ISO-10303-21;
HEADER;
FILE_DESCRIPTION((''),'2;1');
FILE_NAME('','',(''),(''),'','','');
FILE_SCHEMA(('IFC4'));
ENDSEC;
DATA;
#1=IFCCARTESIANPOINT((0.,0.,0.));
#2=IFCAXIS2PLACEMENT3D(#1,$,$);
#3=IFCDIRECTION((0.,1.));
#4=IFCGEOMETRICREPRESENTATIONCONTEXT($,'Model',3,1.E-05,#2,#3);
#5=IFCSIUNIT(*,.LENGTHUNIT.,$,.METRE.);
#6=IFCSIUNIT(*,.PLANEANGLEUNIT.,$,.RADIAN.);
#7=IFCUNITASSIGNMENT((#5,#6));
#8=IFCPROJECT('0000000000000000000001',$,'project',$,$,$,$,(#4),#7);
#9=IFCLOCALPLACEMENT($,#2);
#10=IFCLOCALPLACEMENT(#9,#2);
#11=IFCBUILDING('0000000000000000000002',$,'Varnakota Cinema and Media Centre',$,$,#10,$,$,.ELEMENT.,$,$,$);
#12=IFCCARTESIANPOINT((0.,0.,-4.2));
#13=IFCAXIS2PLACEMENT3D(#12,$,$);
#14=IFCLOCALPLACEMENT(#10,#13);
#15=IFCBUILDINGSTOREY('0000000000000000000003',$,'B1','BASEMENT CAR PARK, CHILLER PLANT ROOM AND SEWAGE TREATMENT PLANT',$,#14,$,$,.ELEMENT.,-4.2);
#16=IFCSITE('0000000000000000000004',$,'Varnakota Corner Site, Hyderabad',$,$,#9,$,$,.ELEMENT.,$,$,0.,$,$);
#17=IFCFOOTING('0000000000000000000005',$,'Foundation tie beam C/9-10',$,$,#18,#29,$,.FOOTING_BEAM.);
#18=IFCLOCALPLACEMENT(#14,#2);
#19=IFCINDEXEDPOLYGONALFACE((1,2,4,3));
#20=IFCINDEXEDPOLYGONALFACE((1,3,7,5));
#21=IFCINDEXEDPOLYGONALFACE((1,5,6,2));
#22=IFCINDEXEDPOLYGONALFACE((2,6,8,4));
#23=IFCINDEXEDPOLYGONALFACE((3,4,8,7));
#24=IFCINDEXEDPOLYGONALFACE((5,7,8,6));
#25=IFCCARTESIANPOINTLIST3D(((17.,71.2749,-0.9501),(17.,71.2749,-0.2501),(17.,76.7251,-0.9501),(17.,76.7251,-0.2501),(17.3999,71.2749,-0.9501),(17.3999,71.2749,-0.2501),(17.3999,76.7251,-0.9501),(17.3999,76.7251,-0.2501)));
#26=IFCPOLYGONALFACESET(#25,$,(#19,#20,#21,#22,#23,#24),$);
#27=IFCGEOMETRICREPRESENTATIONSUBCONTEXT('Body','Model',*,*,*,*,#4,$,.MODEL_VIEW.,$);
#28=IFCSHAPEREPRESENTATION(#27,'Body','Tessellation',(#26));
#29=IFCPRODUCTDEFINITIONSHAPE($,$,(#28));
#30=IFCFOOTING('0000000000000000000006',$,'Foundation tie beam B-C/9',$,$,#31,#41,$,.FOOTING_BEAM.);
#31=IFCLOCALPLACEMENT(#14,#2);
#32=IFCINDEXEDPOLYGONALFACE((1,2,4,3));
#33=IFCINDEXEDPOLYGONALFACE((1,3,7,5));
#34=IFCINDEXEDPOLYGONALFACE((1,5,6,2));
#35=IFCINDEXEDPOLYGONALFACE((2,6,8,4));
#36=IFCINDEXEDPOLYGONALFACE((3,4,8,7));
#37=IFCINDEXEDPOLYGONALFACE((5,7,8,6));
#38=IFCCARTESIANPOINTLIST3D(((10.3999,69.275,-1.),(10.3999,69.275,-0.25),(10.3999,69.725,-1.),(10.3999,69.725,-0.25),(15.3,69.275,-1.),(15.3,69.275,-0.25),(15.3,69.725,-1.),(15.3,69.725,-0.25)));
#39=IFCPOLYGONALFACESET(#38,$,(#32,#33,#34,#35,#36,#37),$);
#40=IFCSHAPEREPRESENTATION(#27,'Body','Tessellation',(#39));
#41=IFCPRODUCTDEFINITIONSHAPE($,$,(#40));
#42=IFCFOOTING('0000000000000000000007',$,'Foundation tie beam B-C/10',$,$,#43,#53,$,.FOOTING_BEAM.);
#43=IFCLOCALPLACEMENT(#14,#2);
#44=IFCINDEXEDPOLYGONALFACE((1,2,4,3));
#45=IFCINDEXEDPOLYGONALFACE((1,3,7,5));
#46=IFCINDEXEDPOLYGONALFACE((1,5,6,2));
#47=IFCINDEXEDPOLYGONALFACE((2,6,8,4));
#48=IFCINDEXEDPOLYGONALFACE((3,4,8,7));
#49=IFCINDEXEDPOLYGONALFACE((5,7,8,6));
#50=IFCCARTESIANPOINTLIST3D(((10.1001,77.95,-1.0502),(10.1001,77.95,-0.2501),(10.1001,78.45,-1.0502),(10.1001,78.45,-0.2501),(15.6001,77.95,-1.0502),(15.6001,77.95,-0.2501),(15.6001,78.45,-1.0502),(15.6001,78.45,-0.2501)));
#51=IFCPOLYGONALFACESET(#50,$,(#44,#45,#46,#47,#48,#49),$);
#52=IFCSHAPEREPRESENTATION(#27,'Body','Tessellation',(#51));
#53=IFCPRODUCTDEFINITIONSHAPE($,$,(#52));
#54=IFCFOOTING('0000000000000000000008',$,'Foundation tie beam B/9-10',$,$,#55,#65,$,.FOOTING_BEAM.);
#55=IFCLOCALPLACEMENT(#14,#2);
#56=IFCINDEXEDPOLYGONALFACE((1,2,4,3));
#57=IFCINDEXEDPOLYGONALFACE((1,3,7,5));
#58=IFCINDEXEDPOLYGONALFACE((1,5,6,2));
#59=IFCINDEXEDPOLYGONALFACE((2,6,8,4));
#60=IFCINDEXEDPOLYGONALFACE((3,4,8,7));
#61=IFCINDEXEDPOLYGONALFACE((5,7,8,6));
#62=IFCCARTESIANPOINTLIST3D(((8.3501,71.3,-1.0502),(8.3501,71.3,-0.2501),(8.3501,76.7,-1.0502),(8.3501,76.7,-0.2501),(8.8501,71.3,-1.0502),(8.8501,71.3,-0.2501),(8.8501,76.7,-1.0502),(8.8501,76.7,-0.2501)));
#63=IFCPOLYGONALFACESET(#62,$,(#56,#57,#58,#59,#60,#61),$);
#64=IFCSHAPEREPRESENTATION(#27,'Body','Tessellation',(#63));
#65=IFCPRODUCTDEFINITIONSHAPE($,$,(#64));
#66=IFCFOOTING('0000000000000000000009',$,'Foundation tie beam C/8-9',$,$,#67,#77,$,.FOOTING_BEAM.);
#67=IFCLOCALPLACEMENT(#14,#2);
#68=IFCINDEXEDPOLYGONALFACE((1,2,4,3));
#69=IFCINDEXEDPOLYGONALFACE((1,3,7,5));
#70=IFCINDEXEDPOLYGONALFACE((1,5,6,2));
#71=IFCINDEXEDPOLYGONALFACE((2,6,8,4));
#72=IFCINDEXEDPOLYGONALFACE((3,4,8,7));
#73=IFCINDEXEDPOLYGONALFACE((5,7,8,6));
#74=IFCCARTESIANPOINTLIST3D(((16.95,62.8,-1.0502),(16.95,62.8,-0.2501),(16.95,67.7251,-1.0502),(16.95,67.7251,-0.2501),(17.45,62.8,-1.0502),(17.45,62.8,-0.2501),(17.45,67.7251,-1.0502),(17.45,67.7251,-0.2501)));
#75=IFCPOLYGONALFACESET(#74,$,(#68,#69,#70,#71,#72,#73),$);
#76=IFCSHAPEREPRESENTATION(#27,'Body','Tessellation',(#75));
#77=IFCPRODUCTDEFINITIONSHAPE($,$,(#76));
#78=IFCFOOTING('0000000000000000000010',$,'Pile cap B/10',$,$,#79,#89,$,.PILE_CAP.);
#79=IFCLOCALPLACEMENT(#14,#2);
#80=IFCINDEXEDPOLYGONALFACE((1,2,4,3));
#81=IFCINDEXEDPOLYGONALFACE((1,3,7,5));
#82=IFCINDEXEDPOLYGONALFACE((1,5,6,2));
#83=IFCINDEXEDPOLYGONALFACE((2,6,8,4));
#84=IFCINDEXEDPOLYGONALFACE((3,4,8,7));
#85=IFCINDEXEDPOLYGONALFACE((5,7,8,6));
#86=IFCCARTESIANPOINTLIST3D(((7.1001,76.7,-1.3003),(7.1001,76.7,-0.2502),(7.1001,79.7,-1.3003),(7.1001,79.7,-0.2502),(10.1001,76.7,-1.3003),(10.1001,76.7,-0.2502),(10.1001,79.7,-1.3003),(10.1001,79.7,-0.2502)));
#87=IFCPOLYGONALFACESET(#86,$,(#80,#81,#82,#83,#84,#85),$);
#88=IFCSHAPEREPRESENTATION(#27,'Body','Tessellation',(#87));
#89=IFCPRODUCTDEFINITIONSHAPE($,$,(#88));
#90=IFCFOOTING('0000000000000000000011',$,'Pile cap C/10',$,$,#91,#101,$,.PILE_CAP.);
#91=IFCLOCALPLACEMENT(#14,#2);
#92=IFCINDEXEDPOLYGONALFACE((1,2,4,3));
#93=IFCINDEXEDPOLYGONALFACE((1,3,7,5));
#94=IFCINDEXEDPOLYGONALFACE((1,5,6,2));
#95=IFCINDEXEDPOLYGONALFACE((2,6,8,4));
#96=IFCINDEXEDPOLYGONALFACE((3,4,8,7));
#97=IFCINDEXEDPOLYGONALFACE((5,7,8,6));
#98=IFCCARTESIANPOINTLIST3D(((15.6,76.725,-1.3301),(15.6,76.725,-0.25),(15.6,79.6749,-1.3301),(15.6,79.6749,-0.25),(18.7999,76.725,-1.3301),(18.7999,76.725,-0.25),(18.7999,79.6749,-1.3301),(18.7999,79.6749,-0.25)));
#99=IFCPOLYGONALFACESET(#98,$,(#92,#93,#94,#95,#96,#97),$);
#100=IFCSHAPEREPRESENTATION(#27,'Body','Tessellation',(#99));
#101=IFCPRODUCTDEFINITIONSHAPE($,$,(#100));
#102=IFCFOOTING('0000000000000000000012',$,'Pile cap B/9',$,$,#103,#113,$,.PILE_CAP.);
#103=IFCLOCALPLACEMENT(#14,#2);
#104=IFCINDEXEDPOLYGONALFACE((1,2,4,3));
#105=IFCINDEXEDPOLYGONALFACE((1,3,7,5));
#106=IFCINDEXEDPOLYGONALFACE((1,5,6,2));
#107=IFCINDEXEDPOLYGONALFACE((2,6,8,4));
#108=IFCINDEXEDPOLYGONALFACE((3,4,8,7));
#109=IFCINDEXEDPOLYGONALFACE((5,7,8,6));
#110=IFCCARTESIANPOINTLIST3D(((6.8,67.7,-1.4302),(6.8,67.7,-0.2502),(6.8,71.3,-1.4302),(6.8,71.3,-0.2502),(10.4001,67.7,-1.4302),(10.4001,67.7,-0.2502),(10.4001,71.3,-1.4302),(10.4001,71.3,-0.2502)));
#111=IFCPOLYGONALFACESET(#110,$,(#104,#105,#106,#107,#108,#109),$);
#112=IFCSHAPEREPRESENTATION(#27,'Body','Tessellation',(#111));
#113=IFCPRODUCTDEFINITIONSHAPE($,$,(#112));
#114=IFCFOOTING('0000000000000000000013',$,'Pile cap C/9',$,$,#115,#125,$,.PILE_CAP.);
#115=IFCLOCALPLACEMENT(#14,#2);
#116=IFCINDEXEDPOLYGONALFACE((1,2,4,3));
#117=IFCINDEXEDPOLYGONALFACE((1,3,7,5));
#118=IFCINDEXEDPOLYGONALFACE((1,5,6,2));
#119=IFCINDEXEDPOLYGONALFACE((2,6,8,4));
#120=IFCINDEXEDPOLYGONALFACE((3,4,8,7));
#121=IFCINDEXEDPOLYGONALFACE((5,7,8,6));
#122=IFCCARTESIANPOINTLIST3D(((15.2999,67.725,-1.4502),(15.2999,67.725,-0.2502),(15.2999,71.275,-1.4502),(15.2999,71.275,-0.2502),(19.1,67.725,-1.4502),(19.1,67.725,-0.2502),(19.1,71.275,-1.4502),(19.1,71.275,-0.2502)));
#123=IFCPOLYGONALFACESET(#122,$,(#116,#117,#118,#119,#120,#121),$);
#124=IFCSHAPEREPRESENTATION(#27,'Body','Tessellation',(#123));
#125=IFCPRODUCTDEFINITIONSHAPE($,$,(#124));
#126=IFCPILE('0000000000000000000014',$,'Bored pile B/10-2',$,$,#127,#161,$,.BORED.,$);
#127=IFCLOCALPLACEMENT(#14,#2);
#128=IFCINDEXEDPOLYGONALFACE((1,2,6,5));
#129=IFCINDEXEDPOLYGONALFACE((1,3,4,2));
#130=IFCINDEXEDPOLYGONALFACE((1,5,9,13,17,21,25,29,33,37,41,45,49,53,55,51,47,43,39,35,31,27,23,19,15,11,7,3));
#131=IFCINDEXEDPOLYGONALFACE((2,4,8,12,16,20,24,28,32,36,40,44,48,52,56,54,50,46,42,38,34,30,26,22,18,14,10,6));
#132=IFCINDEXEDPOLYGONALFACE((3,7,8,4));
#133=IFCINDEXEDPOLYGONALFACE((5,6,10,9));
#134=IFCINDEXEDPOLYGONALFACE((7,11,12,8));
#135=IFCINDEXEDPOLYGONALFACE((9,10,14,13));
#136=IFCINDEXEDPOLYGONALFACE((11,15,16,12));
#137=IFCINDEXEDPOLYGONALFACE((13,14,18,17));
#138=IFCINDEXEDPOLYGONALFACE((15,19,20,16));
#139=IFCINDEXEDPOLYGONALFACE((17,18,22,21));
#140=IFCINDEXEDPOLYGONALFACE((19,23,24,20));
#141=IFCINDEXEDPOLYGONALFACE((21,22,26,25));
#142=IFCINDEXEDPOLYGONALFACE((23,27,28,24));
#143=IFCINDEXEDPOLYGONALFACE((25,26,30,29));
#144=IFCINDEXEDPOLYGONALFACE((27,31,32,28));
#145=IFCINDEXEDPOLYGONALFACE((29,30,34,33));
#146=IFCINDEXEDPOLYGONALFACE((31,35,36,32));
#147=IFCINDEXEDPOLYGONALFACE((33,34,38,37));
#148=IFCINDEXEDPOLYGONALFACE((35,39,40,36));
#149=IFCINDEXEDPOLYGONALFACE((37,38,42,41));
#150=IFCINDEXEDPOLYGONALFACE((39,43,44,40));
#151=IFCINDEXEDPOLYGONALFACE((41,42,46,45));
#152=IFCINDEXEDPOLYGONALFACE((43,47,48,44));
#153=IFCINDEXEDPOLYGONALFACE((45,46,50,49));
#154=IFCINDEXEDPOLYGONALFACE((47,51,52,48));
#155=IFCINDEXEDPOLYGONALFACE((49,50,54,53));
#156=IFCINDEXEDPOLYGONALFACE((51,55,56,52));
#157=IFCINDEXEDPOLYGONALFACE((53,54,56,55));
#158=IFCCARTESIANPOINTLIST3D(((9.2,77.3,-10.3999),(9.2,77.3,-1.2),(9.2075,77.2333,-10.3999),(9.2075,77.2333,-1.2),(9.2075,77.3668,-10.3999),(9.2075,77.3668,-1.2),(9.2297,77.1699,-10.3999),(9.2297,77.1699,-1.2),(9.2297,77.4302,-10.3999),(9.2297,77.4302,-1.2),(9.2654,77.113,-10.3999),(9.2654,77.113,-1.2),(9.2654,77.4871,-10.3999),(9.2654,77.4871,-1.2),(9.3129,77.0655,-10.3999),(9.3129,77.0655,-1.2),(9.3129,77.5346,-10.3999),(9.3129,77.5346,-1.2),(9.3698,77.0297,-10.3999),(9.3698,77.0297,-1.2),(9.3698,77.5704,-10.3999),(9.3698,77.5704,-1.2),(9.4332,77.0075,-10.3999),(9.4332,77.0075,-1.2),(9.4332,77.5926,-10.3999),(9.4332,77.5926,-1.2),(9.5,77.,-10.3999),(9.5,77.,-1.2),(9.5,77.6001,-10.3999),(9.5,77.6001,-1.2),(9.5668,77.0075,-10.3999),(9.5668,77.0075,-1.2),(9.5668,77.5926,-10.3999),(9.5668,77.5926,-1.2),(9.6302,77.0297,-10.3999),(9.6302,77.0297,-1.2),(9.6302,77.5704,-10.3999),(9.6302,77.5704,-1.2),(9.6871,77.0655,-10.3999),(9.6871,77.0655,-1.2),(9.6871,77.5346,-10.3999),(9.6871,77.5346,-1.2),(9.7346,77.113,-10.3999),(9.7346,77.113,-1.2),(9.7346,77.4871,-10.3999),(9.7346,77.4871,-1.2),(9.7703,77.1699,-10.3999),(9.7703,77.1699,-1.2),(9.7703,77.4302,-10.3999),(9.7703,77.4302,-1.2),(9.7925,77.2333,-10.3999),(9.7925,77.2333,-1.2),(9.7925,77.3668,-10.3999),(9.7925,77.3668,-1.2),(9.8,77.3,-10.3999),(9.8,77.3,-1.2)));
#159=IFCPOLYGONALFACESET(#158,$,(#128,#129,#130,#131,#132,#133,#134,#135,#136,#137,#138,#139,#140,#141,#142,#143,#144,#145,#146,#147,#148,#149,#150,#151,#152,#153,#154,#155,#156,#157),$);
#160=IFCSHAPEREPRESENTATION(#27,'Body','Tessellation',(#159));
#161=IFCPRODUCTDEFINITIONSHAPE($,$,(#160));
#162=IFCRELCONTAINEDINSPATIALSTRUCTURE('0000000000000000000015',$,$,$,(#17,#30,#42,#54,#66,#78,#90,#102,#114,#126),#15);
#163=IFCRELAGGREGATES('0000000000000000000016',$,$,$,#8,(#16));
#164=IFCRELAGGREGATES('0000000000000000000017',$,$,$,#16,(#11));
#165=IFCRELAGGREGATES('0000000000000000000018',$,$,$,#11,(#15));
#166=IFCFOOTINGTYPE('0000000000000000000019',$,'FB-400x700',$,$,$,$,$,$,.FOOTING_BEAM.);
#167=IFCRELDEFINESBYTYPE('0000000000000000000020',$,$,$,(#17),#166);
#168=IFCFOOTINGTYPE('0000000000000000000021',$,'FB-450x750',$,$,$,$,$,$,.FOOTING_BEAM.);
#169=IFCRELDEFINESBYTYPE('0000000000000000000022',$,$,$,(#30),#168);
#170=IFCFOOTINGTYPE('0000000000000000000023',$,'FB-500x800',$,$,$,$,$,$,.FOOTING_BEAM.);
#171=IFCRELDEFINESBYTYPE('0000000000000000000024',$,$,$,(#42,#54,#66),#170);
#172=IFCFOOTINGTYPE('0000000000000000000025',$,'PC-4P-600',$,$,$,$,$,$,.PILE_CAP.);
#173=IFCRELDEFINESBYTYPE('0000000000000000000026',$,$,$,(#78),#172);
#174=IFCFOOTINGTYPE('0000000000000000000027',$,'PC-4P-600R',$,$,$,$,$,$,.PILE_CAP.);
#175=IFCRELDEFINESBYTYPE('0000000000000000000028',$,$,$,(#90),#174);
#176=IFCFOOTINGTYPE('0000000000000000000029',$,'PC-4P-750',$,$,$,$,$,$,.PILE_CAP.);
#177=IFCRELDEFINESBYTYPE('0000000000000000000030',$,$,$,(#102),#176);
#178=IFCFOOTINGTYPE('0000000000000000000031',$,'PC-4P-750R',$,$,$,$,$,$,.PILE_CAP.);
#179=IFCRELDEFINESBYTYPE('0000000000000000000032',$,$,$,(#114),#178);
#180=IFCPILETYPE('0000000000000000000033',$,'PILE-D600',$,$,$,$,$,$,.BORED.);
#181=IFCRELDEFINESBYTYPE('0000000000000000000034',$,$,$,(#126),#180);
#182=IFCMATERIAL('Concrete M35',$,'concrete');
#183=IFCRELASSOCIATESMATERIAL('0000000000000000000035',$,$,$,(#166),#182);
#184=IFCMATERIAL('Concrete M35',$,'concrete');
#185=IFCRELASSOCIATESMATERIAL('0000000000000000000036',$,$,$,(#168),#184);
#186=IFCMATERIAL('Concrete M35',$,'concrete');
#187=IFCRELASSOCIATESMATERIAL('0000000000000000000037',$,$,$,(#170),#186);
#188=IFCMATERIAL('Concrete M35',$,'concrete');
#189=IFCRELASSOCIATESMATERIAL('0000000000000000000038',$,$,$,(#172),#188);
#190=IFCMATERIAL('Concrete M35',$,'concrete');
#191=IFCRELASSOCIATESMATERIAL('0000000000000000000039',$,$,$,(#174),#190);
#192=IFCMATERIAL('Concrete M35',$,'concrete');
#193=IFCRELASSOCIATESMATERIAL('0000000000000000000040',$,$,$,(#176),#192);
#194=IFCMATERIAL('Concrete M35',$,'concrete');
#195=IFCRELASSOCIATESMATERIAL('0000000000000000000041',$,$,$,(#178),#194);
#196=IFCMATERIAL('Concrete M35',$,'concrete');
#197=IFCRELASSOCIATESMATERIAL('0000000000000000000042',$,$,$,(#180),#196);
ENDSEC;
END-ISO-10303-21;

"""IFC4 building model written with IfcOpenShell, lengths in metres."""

from ifc_helpers import new_model, si_unit, direction, frame, origin, origin_2d, place, context, subcontext, project, spatial, rectangle, circle, extrude, material, material_profile, profile_set, type_object, element, save


model = new_model("IFC4")

# Units and contexts
model_context = context("Model", 3, precision=1e-05, world=origin(), true_north=direction((0.0, 1.0)))
body_context = subcontext(model_context, "Body", "Model", "MODEL_VIEW")
ifc_project = project(units=[si_unit("LENGTHUNIT", "METRE"), si_unit("PLANEANGLEUNIT", "RADIAN")], contexts=[model_context])

# Site, building, storey
site_placement = place(None, origin())
site = spatial("IfcSite", under=ifc_project, at=site_placement, Name="Varnakota Corner Site, Hyderabad", CompositionType="ELEMENT", RefElevation=0.0)
building_placement = place(site_placement, origin())
building = spatial("IfcBuilding", under=site, at=building_placement, Name="Varnakota Cinema and Media Centre", CompositionType="ELEMENT")
storey_placement = place(building_placement, frame((0.0, 0.0, -4.2)))
storey = spatial("IfcBuildingStorey", under=building, at=storey_placement, Name="B1", Description="BASEMENT CAR PARK, CHILLER PLANT ROOM AND SEWAGE TREATMENT PLANT", CompositionType="ELEMENT", Elevation=-4.2)

# Footings
ifc_material_1 = material(Name="Concrete M35", Category="concrete")
ifc_material_profile_1 = material_profile(ifc_material_1, rectangle(XDim=0.3999, YDim=0.7, at=origin_2d()), Name="FB 400x700")
ifc_profile_set_1 = profile_set([ifc_material_profile_1], Name="Concrete M35")
footing_type_1 = type_object("IfcFootingType", Name="FB-400x700", PredefinedType="FOOTING_BEAM", material=ifc_profile_set_1)
footing_1_placement = place(storey_placement, frame((17.2, 71.2749, -0.6001), z_axis=(0.0, 1.0, 0.0), x_axis=(-1.0, 0.0, 0.0)))
element("IfcFooting", 1, at=footing_1_placement, inside=storey, type_object=footing_type_1, Name="Foundation tie beam C/9-10", PredefinedType="FOOTING_BEAM", context=body_context, shape_type="SweptSolid", body=[
    extrude(rectangle(XDim=0.3999, YDim=0.7, at=origin_2d()), origin(), (0.0, 0.0, 1.0), 5.4502),
])
ifc_material_2 = material(Name="Concrete M35", Category="concrete")
ifc_material_profile_2 = material_profile(ifc_material_2, rectangle(XDim=0.45, YDim=0.75, at=origin_2d()), Name="FB 450x750")
ifc_profile_set_2 = profile_set([ifc_material_profile_2], Name="Concrete M35")
footing_type_2 = type_object("IfcFootingType", Name="FB-450x750", PredefinedType="FOOTING_BEAM", material=ifc_profile_set_2)
footing_2_placement = place(storey_placement, frame((10.3999, 69.5, -0.625), z_axis=(1.0, 0.0, 0.0), x_axis=(0.0, 1.0, 0.0)))
element("IfcFooting", 2, at=footing_2_placement, inside=storey, type_object=footing_type_2, Name="Foundation tie beam B-C/9", PredefinedType="FOOTING_BEAM", context=body_context, shape_type="SweptSolid", body=[
    extrude(rectangle(XDim=0.45, YDim=0.75, at=origin_2d()), origin(), (0.0, 0.0, 1.0), 4.9001),
])
ifc_material_3 = material(Name="Concrete M35", Category="concrete")
ifc_material_profile_3 = material_profile(ifc_material_3, rectangle(XDim=0.5, YDim=0.8, at=origin_2d()), Name="FB 500x800")
ifc_profile_set_3 = profile_set([ifc_material_profile_3], Name="Concrete M35")
footing_type_3 = type_object("IfcFootingType", Name="FB-500x800", PredefinedType="FOOTING_BEAM", material=ifc_profile_set_3)
footing_3_placement = place(storey_placement, frame((10.1001, 78.2, -0.6501), z_axis=(1.0, 0.0, 0.0), x_axis=(0.0, 1.0, 0.0)))
element("IfcFooting", 3, at=footing_3_placement, inside=storey, type_object=footing_type_3, Name="Foundation tie beam B-C/10", PredefinedType="FOOTING_BEAM", context=body_context, shape_type="SweptSolid", body=[
    extrude(rectangle(XDim=0.5, YDim=0.8, at=origin_2d()), origin(), (0.0, 0.0, 1.0), 5.5),
])
footing_4_placement = place(storey_placement, frame((8.6001, 71.3, -0.6501), z_axis=(0.0, 1.0, 0.0), x_axis=(-1.0, 0.0, 0.0)))
element("IfcFooting", 4, at=footing_4_placement, inside=storey, type_object=footing_type_3, Name="Foundation tie beam B/9-10", PredefinedType="FOOTING_BEAM", context=body_context, shape_type="SweptSolid", body=[
    extrude(rectangle(XDim=0.5, YDim=0.8, at=origin_2d()), origin(), (0.0, 0.0, 1.0), 5.3999),
])
footing_5_placement = place(storey_placement, frame((17.2, 62.8, -0.6501), z_axis=(0.0, 1.0, 0.0), x_axis=(-1.0, 0.0, 0.0)))
element("IfcFooting", 5, at=footing_5_placement, inside=storey, type_object=footing_type_3, Name="Foundation tie beam C/8-9", PredefinedType="FOOTING_BEAM", context=body_context, shape_type="SweptSolid", body=[
    extrude(rectangle(XDim=0.5, YDim=0.8, at=origin_2d()), origin(), (0.0, 0.0, 1.0), 4.925),
])
ifc_material_4 = material(Name="Concrete M35", Category="concrete")
footing_type_4 = type_object("IfcFootingType", Name="PC-4P-600", PredefinedType="PILE_CAP", material=ifc_material_4)
footing_6_placement = place(storey_placement, frame((8.6001, 78.2, -1.3003), z_axis=(0.0, 0.0, 1.0), x_axis=(1.0, 0.0, 0.0)))
element("IfcFooting", 6, at=footing_6_placement, inside=storey, type_object=footing_type_4, Name="Pile cap B/10", PredefinedType="PILE_CAP", context=body_context, shape_type="SweptSolid", body=[
    extrude(rectangle(XDim=3.0, YDim=3.0, at=origin_2d()), origin(), (0.0, 0.0, 1.0), 1.05),
])
ifc_material_5 = material(Name="Concrete M35", Category="concrete")
footing_type_5 = type_object("IfcFootingType", Name="PC-4P-600R", PredefinedType="PILE_CAP", material=ifc_material_5)
footing_7_placement = place(storey_placement, frame((17.2, 78.2, -1.3301), z_axis=(0.0, 0.0, 1.0), x_axis=(1.0, 0.0, 0.0)))
element("IfcFooting", 7, at=footing_7_placement, inside=storey, type_object=footing_type_5, Name="Pile cap C/10", PredefinedType="PILE_CAP", context=body_context, shape_type="SweptSolid", body=[
    extrude(rectangle(XDim=3.2, YDim=2.95, at=origin_2d()), origin(), (0.0, 0.0, 1.0), 1.0801),
])
ifc_material_6 = material(Name="Concrete M35", Category="concrete")
footing_type_6 = type_object("IfcFootingType", Name="PC-4P-750", PredefinedType="PILE_CAP", material=ifc_material_6)
footing_8_placement = place(storey_placement, frame((8.6001, 69.5, -1.4302), z_axis=(0.0, 0.0, 1.0), x_axis=(1.0, 0.0, 0.0)))
element("IfcFooting", 8, at=footing_8_placement, inside=storey, type_object=footing_type_6, Name="Pile cap B/9", PredefinedType="PILE_CAP", context=body_context, shape_type="SweptSolid", body=[
    extrude(rectangle(XDim=3.6001, YDim=3.6001, at=origin_2d()), origin(), (0.0, 0.0, 1.0), 1.1799),
])
ifc_material_7 = material(Name="Concrete M35", Category="concrete")
footing_type_7 = type_object("IfcFootingType", Name="PC-4P-750R", PredefinedType="PILE_CAP", material=ifc_material_7)
footing_9_placement = place(storey_placement, frame((17.2, 69.5, -1.4502), z_axis=(0.0, 0.0, 1.0), x_axis=(1.0, 0.0, 0.0)))
element("IfcFooting", 9, at=footing_9_placement, inside=storey, type_object=footing_type_7, Name="Pile cap C/9", PredefinedType="PILE_CAP", context=body_context, shape_type="SweptSolid", body=[
    extrude(rectangle(XDim=3.8, YDim=3.55, at=origin_2d()), origin(), (0.0, 0.0, 1.0), 1.2),
])

# Pile
ifc_material_8 = material(Name="Concrete M35", Category="concrete")
ifc_material_profile_4 = material_profile(ifc_material_8, circle(Radius=0.3, at=origin_2d()), Name="PILE D600")
ifc_profile_set_4 = profile_set([ifc_material_profile_4], Name="Concrete M35")
pile_type_1 = type_object("IfcPileType", Name="PILE-D600", PredefinedType="BORED", material=ifc_profile_set_4)
for number, where, z_axis, x_axis, name in (
    (10, (9.5, 77.3, -1.2), (0.0, 0.0, -1.0), (1.0, 0.0, 0.0), "Bored pile B/10-2"),
):
    element("IfcPile", number, at=place(storey_placement, frame(where, z_axis=z_axis, x_axis=x_axis)), inside=storey, type_object=pile_type_1, Name=name, PredefinedType="BORED", context=body_context, shape_type="SweptSolid", body=[
        extrude(circle(Radius=0.3, at=origin_2d()), origin(), (0.0, 0.0, 1.0), 9.2),
    ])

save(model, "model.ifc")
